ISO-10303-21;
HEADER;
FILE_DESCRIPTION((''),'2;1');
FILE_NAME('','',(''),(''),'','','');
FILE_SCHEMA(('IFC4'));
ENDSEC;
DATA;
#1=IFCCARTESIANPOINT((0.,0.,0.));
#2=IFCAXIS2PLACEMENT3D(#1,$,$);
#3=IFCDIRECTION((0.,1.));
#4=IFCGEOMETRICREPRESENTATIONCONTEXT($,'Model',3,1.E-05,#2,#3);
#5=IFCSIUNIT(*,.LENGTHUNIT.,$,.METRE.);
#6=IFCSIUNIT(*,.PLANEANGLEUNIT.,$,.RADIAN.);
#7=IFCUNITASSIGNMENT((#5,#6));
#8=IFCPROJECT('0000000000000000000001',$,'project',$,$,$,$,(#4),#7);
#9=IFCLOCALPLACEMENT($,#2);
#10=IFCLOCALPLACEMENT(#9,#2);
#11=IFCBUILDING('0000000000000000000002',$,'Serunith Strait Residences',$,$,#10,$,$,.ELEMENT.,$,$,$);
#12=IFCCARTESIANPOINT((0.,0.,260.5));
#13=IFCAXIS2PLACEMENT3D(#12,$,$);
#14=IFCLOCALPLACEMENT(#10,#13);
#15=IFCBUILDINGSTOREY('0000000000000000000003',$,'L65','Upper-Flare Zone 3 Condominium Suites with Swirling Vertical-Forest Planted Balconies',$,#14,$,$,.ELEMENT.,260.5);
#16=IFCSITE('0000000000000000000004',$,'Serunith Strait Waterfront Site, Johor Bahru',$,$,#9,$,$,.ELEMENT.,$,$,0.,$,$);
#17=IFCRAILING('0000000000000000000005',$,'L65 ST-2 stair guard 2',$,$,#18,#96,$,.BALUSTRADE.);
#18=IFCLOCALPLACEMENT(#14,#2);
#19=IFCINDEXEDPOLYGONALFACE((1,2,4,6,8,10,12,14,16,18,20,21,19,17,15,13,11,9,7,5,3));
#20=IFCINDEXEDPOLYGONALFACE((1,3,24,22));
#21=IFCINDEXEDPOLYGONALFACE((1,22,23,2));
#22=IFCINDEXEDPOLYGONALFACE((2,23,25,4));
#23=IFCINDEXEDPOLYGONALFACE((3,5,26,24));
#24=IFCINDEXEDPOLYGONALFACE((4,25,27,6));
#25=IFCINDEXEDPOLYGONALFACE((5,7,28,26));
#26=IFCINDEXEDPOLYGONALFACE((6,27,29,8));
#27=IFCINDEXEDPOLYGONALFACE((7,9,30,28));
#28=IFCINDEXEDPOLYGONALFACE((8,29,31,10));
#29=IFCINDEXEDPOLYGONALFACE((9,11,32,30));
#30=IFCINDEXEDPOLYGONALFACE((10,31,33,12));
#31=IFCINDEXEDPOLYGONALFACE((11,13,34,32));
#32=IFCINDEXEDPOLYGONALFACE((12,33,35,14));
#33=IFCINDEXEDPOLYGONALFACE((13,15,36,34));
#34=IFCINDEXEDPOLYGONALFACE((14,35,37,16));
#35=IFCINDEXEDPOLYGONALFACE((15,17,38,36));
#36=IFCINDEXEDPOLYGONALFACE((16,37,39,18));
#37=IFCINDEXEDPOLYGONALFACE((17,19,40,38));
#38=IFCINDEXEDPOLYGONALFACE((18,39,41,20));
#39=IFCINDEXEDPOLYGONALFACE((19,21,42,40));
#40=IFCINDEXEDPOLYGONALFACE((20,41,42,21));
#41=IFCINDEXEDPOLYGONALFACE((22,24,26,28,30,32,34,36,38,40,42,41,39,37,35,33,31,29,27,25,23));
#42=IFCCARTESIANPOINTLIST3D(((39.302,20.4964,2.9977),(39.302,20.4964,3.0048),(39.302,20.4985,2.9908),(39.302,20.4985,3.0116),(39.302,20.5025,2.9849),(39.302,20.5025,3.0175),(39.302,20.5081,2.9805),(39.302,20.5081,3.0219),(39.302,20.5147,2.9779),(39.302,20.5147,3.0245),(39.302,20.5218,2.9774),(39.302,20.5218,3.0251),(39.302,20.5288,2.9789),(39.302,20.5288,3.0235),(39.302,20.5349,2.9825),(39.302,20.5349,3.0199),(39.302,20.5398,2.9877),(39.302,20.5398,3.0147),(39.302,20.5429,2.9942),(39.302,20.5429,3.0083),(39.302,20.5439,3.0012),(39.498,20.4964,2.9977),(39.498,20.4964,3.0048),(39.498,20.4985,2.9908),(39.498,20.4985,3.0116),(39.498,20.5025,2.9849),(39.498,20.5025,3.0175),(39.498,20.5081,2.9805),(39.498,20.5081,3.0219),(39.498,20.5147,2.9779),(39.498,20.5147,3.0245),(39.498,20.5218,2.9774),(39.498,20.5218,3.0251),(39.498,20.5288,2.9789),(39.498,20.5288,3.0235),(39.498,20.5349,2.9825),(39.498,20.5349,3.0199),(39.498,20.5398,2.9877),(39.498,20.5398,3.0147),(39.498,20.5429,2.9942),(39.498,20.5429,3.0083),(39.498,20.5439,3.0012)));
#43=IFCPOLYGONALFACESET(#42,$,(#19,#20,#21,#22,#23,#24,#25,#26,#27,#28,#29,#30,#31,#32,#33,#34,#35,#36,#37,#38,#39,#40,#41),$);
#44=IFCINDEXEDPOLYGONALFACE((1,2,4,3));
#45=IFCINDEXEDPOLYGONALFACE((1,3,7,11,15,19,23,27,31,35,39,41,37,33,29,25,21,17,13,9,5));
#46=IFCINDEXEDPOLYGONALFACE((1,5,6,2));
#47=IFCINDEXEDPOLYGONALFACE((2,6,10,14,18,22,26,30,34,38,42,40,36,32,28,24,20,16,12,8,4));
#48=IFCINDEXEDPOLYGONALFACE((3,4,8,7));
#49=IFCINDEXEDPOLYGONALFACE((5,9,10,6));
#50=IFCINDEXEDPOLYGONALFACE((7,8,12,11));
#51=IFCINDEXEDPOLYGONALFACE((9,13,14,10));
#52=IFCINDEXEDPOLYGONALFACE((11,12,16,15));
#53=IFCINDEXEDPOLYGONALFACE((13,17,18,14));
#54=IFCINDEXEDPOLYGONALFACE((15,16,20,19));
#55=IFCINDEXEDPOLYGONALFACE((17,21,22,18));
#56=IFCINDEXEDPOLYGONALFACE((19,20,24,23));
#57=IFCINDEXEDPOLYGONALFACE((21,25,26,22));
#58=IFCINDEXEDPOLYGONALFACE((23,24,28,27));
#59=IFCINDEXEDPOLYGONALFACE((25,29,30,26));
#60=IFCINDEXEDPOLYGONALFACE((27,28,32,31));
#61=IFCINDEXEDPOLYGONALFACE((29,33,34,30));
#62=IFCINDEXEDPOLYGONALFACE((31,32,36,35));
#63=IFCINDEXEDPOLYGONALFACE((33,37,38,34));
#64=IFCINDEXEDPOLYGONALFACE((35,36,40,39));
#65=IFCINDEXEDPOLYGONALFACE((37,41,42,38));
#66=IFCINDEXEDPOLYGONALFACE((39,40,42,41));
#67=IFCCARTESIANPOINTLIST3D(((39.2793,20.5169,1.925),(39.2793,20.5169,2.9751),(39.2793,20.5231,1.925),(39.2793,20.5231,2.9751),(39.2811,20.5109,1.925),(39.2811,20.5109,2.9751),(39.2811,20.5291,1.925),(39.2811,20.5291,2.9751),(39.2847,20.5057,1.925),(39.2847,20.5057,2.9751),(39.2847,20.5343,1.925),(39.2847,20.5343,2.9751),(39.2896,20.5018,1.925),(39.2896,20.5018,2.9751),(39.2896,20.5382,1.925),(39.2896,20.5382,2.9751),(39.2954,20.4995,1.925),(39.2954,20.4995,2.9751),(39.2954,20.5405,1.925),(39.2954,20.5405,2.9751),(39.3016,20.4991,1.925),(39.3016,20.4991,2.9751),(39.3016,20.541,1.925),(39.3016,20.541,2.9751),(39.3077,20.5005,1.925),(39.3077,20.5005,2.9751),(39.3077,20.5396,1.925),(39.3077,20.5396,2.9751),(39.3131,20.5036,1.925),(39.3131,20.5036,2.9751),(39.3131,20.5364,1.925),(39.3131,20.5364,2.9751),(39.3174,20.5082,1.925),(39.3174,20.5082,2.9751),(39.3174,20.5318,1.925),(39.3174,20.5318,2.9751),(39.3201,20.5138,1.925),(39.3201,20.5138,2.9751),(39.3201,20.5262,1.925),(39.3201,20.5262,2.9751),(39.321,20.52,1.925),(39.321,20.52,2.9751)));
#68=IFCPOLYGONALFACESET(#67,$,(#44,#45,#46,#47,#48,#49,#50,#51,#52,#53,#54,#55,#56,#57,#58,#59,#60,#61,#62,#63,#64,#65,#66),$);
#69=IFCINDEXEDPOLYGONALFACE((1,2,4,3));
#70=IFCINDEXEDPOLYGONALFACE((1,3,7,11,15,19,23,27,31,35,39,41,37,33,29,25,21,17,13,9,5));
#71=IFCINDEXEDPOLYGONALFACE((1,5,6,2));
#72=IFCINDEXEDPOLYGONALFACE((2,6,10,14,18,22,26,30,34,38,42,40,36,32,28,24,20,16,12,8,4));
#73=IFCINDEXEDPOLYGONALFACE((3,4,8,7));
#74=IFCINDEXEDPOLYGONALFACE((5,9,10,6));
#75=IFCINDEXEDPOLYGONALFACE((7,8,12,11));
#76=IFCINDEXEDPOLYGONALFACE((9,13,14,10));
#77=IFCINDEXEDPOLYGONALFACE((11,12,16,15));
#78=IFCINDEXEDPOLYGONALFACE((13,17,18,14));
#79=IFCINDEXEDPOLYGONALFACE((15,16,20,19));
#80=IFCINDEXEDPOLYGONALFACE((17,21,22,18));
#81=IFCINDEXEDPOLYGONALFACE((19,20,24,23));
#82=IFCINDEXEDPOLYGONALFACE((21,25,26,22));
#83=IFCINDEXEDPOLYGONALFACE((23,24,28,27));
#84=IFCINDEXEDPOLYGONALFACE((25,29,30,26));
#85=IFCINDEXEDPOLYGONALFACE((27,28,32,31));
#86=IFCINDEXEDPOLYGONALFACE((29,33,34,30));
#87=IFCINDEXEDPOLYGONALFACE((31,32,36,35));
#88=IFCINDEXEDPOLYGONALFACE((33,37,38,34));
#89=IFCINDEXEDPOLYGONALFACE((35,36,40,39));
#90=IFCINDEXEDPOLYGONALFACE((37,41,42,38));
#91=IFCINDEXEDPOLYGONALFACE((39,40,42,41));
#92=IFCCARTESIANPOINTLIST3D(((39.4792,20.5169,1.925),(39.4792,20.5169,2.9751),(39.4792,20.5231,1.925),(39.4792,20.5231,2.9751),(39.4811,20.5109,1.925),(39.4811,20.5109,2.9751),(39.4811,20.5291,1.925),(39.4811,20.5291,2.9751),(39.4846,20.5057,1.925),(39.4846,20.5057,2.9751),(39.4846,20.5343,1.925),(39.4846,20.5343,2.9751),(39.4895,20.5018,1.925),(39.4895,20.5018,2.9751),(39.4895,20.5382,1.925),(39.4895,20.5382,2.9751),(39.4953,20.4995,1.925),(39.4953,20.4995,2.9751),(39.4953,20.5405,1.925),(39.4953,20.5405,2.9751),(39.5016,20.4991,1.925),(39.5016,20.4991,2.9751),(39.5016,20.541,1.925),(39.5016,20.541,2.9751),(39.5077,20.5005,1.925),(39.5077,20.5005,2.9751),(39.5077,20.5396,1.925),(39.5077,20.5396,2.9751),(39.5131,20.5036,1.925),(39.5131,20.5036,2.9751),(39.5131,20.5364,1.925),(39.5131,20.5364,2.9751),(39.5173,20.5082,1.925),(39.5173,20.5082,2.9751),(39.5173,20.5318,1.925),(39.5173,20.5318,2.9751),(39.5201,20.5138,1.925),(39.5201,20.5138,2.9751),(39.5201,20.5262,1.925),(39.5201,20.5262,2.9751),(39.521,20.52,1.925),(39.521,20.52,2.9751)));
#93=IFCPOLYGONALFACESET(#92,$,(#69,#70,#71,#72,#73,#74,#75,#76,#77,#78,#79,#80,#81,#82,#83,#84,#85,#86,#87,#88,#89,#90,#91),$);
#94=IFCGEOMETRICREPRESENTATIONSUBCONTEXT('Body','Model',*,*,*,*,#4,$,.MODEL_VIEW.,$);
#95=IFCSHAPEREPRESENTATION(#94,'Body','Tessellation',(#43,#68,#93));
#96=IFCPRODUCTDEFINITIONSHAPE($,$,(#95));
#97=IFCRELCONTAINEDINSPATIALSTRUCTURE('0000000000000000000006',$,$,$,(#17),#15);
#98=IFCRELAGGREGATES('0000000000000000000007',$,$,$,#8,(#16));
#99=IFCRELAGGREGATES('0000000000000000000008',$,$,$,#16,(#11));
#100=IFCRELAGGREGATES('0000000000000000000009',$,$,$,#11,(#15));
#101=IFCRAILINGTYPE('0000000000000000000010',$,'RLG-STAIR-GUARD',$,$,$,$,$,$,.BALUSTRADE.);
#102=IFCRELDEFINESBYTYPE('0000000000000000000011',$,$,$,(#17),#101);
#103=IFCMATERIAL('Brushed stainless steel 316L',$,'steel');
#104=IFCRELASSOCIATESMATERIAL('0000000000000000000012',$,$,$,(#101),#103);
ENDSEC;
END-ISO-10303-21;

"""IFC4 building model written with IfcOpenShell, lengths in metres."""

from ifc_helpers import new_model, si_unit, direction, frame, origin, origin_2d, place, context, subcontext, project, spatial, circle, extrude, material, type_object, element, save


model = new_model("IFC4")

# Units and contexts
model_context = context("Model", 3, precision=1e-05, world=origin(), true_north=direction((0.0, 1.0)))
body_context = subcontext(model_context, "Body", "Model", "MODEL_VIEW")
ifc_project = project(units=[si_unit("LENGTHUNIT", "METRE"), si_unit("PLANEANGLEUNIT", "RADIAN")], contexts=[model_context])

# Site, building, storey
site_placement = place(None, origin())
site = spatial("IfcSite", under=ifc_project, at=site_placement, Name="Serunith Strait Waterfront Site, Johor Bahru", CompositionType="ELEMENT", RefElevation=0.0)
building_placement = place(site_placement, origin())
building = spatial("IfcBuilding", under=site, at=building_placement, Name="Serunith Strait Residences", CompositionType="ELEMENT")
storey_placement = place(building_placement, frame((0.0, 0.0, 260.5)))
storey = spatial("IfcBuildingStorey", under=building, at=storey_placement, Name="L65", Description="Upper-Flare Zone 3 Condominium Suites with Swirling Vertical-Forest Planted Balconies", CompositionType="ELEMENT", Elevation=260.5)

# Railing
ifc_material_1 = material(Name="Brushed stainless steel 316L", Category="steel")
railing_type_1 = type_object("IfcRailingType", Name="RLG-STAIR-GUARD", PredefinedType="BALUSTRADE", material=ifc_material_1)
railing_1_placement = place(storey_placement, frame((39.3, 20.52, 1.925)))
element("IfcRailing", 1, at=railing_1_placement, inside=storey, type_object=railing_type_1, Name="L65 ST-2 stair guard 2", PredefinedType="BALUSTRADE", context=body_context, shape_type="SweptSolid", body=[
    extrude(circle(Radius=0.0239, at=origin_2d()), frame((0.002, 0.0, 1.0762), z_axis=(1.0, 0.0, 0.0), x_axis=(0.0, 1.0, 0.0)), (0.0, 0.0, 1.0), 0.196),
    extrude(circle(Radius=0.021, at=origin_2d()), origin(), (0.0, 0.0, 1.0), 1.05),
    extrude(circle(Radius=0.021, at=origin_2d()), frame((0.2, 0.0, 0.0)), (0.0, 0.0, 1.0), 1.05),
])

save(model, "model.ifc")
